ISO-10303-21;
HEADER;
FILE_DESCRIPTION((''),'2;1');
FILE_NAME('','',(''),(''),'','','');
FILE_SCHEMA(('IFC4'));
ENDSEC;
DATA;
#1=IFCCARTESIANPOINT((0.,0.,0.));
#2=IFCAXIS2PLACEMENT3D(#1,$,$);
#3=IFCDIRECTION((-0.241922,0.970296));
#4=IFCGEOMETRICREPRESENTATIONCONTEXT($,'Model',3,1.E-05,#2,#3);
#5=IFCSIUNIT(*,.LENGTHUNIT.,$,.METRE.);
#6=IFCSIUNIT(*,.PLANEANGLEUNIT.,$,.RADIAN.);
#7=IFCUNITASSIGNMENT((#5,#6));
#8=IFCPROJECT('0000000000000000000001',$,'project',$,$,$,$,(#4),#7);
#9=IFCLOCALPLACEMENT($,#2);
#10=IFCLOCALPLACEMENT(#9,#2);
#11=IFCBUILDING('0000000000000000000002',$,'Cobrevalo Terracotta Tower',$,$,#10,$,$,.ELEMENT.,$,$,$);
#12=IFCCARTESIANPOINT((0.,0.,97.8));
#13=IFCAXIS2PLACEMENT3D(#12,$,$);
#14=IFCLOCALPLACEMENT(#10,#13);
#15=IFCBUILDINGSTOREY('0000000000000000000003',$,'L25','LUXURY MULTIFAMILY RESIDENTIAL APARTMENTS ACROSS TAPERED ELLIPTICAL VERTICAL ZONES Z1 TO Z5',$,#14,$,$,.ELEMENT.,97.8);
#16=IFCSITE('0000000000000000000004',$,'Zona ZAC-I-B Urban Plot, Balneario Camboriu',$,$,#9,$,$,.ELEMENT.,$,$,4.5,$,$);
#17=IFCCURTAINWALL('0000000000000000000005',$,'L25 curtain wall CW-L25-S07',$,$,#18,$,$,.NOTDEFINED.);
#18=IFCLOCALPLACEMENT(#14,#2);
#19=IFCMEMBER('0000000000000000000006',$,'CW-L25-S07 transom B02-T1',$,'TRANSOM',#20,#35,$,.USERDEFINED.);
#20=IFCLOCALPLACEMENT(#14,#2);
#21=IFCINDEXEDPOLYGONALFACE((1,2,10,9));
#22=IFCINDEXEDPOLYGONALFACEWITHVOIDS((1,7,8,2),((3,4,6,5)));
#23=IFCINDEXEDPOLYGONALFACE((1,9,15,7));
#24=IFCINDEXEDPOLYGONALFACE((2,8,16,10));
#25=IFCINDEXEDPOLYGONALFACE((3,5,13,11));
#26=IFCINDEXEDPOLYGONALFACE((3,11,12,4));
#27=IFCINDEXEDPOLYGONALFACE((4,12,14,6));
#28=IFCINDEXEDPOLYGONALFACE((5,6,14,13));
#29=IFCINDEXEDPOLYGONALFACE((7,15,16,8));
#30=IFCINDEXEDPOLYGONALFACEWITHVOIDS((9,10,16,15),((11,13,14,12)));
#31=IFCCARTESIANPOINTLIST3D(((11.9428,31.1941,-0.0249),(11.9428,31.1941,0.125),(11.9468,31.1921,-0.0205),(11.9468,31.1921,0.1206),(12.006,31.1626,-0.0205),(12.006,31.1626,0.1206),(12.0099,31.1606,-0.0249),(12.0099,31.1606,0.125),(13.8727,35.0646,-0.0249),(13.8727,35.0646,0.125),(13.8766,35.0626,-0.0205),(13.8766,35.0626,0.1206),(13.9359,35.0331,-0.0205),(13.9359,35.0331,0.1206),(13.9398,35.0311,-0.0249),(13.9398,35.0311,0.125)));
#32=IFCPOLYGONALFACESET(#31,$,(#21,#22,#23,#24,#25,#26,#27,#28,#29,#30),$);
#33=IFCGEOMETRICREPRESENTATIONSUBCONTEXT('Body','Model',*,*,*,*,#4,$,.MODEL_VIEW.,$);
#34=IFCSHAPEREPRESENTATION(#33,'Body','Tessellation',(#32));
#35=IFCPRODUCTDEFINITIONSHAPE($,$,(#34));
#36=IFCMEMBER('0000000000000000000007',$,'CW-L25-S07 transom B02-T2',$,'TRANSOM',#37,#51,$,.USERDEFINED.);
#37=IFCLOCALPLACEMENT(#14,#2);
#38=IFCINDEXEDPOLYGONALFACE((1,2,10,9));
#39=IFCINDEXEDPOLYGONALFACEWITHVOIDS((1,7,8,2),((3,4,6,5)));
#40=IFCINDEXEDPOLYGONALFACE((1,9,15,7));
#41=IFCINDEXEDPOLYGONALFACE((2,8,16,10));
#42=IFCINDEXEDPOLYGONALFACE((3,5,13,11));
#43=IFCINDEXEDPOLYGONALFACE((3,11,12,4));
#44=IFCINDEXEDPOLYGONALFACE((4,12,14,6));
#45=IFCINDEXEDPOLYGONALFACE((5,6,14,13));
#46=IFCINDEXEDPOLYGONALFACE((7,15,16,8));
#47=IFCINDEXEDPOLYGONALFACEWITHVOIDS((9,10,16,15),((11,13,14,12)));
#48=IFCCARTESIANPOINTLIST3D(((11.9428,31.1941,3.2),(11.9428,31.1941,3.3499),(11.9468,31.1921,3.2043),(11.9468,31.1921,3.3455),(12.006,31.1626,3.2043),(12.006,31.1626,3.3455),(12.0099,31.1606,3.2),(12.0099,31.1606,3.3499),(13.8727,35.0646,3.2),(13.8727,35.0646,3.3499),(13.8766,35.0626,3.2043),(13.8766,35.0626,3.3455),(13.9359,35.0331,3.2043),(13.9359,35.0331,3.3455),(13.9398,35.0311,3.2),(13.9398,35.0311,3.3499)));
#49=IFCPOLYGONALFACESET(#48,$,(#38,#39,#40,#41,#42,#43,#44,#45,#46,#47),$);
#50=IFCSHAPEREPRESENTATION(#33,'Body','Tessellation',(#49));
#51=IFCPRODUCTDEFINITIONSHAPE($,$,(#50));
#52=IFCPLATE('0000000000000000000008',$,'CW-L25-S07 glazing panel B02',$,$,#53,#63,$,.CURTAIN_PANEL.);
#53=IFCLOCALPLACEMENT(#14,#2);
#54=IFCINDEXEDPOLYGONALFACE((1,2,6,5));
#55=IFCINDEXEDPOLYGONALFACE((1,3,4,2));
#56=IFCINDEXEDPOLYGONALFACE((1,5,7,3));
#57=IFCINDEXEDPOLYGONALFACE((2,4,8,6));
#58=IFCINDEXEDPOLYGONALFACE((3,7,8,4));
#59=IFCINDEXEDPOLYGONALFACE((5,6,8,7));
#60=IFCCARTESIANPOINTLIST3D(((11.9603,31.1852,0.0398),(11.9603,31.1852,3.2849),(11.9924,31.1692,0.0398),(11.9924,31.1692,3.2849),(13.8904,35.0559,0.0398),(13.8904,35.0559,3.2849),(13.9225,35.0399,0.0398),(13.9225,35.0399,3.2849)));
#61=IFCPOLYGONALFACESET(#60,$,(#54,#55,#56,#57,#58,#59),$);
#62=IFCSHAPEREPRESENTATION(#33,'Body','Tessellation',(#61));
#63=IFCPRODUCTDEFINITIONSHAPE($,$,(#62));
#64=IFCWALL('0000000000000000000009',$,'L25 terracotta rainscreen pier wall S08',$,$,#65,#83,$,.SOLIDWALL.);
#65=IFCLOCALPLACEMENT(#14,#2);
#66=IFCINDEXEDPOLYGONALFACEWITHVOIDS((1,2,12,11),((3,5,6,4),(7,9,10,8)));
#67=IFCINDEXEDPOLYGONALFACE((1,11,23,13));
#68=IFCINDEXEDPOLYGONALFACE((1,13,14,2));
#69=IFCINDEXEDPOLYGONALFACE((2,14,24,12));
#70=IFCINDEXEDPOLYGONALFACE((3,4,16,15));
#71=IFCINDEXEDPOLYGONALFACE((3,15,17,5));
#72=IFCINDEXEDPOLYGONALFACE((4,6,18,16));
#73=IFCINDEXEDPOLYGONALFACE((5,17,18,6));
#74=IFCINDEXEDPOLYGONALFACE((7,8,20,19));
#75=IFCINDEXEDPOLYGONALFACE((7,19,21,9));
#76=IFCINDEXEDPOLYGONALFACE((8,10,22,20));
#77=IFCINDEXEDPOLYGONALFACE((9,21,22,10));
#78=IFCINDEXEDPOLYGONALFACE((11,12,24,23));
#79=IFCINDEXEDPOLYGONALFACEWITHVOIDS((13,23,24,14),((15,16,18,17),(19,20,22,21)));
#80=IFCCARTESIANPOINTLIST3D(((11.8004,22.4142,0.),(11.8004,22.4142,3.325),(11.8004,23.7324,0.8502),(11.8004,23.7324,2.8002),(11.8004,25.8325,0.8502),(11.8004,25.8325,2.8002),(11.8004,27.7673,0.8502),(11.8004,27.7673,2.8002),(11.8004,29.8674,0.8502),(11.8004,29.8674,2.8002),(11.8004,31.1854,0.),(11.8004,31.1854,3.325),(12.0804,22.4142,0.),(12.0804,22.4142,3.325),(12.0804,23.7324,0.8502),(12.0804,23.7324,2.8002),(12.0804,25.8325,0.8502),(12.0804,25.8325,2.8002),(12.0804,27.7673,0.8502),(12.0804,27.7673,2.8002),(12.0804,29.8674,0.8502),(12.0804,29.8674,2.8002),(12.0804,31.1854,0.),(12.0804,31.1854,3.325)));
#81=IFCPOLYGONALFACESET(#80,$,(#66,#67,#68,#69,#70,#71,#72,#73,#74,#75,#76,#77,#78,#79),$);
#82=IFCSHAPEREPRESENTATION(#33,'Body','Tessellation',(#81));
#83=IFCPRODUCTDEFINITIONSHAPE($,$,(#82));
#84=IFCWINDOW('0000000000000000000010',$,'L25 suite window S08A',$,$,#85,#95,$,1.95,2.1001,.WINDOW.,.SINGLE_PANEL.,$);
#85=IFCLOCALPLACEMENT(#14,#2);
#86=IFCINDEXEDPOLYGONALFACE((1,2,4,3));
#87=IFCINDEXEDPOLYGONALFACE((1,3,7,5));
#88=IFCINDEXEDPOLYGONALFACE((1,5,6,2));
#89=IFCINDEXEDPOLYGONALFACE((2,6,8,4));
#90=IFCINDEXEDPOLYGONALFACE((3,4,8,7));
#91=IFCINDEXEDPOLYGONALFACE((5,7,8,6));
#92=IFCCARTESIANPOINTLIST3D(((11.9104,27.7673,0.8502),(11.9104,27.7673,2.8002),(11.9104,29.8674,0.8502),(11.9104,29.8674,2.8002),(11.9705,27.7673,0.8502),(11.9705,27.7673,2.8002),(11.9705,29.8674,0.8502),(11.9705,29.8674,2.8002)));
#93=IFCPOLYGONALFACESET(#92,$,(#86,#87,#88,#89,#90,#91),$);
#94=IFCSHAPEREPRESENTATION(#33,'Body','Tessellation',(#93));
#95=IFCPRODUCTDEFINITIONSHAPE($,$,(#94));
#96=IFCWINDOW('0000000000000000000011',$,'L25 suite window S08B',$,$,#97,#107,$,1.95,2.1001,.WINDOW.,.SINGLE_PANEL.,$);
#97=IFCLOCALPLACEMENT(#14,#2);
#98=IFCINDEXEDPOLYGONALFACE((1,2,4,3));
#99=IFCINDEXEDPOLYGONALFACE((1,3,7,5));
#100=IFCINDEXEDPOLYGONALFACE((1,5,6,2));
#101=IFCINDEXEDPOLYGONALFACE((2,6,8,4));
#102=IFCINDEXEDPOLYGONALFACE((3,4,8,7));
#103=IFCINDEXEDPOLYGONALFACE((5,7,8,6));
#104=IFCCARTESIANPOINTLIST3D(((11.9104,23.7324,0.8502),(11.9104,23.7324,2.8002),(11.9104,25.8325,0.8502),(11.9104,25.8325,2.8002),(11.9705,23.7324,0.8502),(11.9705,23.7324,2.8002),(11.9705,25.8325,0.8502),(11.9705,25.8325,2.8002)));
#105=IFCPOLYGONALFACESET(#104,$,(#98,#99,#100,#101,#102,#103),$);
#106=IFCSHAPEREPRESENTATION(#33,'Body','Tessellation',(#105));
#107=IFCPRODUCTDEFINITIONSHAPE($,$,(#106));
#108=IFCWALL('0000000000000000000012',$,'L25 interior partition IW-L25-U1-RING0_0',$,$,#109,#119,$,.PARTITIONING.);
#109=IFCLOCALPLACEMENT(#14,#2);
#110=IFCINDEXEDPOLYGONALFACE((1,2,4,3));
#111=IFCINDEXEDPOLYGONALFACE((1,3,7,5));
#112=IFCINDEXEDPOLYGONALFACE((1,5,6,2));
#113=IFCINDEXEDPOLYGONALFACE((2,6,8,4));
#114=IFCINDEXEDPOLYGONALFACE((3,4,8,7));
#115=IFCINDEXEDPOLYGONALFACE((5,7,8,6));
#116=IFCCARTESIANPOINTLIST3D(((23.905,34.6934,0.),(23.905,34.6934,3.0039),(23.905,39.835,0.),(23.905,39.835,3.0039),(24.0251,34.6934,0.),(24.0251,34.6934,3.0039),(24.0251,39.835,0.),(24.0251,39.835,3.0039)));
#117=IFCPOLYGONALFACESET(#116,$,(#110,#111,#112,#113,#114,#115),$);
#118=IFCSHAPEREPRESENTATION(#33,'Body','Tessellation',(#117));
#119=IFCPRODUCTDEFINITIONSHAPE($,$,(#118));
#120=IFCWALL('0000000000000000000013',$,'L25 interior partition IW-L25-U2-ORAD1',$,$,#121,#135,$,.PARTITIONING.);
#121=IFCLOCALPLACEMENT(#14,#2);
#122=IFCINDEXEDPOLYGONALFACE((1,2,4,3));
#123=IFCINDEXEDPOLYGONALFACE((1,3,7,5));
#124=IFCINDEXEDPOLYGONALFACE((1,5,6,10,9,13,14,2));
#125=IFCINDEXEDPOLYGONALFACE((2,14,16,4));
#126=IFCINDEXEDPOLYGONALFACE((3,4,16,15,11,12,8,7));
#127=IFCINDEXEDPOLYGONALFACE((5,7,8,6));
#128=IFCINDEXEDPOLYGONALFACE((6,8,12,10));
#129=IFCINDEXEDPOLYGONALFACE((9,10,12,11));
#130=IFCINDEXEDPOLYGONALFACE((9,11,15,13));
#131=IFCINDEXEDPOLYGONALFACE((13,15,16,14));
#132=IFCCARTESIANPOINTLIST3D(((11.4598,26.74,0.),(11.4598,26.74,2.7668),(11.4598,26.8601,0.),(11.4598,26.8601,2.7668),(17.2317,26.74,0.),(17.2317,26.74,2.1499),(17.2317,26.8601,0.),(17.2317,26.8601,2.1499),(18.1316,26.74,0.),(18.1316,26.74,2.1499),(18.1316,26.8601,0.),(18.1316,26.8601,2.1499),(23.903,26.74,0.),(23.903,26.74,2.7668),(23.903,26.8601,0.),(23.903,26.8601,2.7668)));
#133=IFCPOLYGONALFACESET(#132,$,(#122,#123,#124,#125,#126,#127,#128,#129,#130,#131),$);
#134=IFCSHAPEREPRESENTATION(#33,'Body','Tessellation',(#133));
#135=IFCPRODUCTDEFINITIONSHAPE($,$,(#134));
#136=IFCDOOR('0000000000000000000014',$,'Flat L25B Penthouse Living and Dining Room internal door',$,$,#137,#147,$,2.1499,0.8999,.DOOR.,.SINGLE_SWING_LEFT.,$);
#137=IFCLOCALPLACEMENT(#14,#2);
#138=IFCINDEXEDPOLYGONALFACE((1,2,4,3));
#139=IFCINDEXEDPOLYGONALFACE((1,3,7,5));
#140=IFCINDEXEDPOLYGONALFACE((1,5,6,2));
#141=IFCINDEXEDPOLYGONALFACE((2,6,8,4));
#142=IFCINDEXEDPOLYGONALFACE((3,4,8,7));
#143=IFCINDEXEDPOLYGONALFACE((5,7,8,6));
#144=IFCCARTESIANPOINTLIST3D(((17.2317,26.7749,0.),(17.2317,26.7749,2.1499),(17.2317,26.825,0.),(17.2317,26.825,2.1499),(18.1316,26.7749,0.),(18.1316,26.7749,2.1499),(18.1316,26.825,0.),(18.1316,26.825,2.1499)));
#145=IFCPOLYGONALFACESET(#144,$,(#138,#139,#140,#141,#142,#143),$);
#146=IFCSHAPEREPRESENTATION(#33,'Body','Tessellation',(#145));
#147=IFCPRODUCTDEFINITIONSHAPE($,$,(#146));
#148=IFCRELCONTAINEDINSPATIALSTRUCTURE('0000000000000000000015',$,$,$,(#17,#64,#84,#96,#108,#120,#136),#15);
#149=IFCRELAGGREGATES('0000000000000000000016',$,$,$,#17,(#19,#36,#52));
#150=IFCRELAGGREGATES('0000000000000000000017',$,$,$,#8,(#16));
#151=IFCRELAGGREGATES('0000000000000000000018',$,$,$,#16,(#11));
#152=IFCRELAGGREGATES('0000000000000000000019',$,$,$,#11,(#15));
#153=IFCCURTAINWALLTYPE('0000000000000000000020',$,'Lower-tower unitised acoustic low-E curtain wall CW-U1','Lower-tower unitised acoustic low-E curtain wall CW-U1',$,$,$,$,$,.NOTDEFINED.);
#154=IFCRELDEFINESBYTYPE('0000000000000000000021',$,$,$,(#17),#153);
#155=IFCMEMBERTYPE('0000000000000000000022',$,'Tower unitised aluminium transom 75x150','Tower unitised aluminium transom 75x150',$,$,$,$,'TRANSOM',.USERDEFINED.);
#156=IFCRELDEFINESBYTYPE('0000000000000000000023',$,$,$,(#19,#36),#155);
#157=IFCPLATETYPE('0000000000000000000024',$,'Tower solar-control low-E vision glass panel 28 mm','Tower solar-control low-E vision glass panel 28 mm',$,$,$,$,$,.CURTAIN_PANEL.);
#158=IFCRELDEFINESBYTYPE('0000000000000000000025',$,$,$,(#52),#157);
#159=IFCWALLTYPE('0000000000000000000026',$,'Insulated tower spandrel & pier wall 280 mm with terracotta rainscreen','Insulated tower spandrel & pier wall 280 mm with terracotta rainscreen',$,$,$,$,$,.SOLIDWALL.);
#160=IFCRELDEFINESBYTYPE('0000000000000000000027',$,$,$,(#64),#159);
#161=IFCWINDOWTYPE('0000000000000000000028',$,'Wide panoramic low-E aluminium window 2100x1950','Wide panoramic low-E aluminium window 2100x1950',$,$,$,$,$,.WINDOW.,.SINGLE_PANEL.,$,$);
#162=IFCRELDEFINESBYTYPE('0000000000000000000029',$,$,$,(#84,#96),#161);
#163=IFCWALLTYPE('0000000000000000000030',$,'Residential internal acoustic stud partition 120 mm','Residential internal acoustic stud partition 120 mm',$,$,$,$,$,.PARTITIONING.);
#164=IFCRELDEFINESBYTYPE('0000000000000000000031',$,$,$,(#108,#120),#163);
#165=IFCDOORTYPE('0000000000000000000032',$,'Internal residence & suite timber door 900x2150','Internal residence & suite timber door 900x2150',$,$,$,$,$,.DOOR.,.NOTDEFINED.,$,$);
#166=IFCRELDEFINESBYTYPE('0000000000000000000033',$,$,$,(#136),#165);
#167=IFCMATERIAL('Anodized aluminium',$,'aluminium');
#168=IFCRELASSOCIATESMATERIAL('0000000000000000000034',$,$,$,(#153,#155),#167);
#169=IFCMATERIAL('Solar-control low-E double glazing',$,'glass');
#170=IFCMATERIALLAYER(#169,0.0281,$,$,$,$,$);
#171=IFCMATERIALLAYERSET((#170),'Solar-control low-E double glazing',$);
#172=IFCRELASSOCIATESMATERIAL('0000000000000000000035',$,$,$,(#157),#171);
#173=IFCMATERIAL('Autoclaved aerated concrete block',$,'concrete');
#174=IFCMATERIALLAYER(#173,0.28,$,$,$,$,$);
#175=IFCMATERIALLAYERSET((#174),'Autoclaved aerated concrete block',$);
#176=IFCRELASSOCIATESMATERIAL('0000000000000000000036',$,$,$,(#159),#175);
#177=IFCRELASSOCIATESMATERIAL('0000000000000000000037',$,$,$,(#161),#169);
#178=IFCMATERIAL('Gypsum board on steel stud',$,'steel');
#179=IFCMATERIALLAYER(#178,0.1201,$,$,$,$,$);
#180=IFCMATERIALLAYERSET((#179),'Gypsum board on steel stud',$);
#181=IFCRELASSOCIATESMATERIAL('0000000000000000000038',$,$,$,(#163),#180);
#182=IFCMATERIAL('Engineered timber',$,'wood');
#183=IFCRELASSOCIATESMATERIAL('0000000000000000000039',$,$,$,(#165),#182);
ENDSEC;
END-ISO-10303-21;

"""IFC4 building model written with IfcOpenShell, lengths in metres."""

from ifc_helpers import new_model, si_unit, direction, frame, frame_2d, origin, origin_2d, place, context, subcontext, project, spatial, rectangle, hollow_rectangle, extrude, source, transform, mapped, material, layer, layer_set, material_profile, profile_set, type_object, element, fill, aggregate, save


model = new_model("IFC4")

# Units and contexts
model_context = context("Model", 3, precision=1e-05, world=origin(), true_north=direction((-0.241922, 0.970296)))
body_context = subcontext(model_context, "Body", "Model", "MODEL_VIEW")
ifc_project = project(units=[si_unit("LENGTHUNIT", "METRE"), si_unit("PLANEANGLEUNIT", "RADIAN")], contexts=[model_context])

# Site, building, storey
site_placement = place(None, origin())
site = spatial("IfcSite", under=ifc_project, at=site_placement, Name="Zona ZAC-I-B Urban Plot, Balneario Camboriu", CompositionType="ELEMENT", RefElevation=4.5)
building_placement = place(site_placement, origin())
building = spatial("IfcBuilding", under=site, at=building_placement, Name="Cobrevalo Terracotta Tower", CompositionType="ELEMENT")
storey_placement = place(building_placement, frame((0.0, 0.0, 97.8)))
storey = spatial("IfcBuildingStorey", under=building, at=storey_placement, Name="L25", Description="LUXURY MULTIFAMILY RESIDENTIAL APARTMENTS ACROSS TAPERED ELLIPTICAL VERTICAL ZONES Z1 TO Z5", CompositionType="ELEMENT", Elevation=97.8)

# Curtain wall
ifc_material_1 = material(Name="Anodized aluminium", Category="aluminium")
curtain_wall_type = type_object("IfcCurtainWallType", Name="Lower-tower unitised acoustic low-E curtain wall CW-U1", Description="Lower-tower unitised acoustic low-E curtain wall CW-U1", PredefinedType="NOTDEFINED", material=ifc_material_1)
curtain_wall_1_placement = place(storey_placement, origin())
curtain_wall_1 = element("IfcCurtainWall", 1, at=curtain_wall_1_placement, inside=storey, type_object=curtain_wall_type, Name="L25 curtain wall CW-L25-S07", PredefinedType="NOTDEFINED")

# Members
ifc_material_profile_1 = material_profile(ifc_material_1, hollow_rectangle(XDim=0.075, YDim=0.1499, WallThickness=0.0044, at=origin_2d()), Name="CWT 75x150")
ifc_profile_set_1 = profile_set([ifc_material_profile_1], Name="Anodized aluminium")
member_type_1 = type_object("IfcMemberType", Name="Tower unitised aluminium transom 75x150", Description="Tower unitised aluminium transom 75x150", ElementType="TRANSOM", PredefinedType="USERDEFINED", material=ifc_profile_set_1)
shared_shape_1 = source(origin(), body_context, "Body", "SweptSolid", [
    extrude(hollow_rectangle(XDim=0.075, YDim=0.1499, WallThickness=0.0044, at=origin_2d()), origin(), (0.0, 0.0, 1.0), 4.325),
])
member_1_placement = place(storey_placement, frame((13.9062, 35.0479, 0.05), z_axis=(-0.44622, -0.894923, 0.0), x_axis=(0.894923, -0.44622, 0.0)))
member_1 = element("IfcMember", 2, at=member_1_placement, type_object=member_type_1, Name="CW-L25-S07 transom B02-T1", ObjectType="TRANSOM", PredefinedType="USERDEFINED", context=body_context, shape_type="MappedRepresentation", body=[
    mapped(shared_shape_1, transform((0.0, 0.0, 0.0), scale=1.0)),
])
member_2_placement = place(storey_placement, frame((13.9062, 35.0479, 3.2749), z_axis=(-0.44622, -0.894923, 0.0), x_axis=(0.894923, -0.44622, 0.0)))
member_2 = element("IfcMember", 3, at=member_2_placement, type_object=member_type_1, Name="CW-L25-S07 transom B02-T2", ObjectType="TRANSOM", PredefinedType="USERDEFINED", context=body_context, shape_type="MappedRepresentation", body=[
    mapped(shared_shape_1, transform((0.0, 0.0, 0.0), scale=1.0)),
])

# Plate
ifc_material_2 = material(Name="Solar-control low-E double glazing", Category="glass")
ifc_layer_1 = layer(ifc_material_2, 0.0281)
ifc_layer_set_1 = layer_set([ifc_layer_1], Name="Solar-control low-E double glazing")
plate_type = type_object("IfcPlateType", Name="Tower solar-control low-E vision glass panel 28 mm", Description="Tower solar-control low-E vision glass panel 28 mm", PredefinedType="CURTAIN_PANEL", material=ifc_layer_set_1)
shared_shape_2 = source(origin(), body_context, "Body", "SweptSolid", [
    extrude(rectangle(XDim=4.3252, YDim=0.0359, at=origin_2d()), origin(), (0.0, 0.0, 1.0), 3.2451),
])
plate_placement = place(storey_placement, frame((12.9414, 33.1125, 0.0398), z_axis=(0.0, 0.0, 1.0), x_axis=(-0.446262, -0.894902, 0.0)))
plate = element("IfcPlate", 4, at=plate_placement, type_object=plate_type, Name="CW-L25-S07 glazing panel B02", PredefinedType="CURTAIN_PANEL", context=body_context, shape_type="MappedRepresentation", body=[
    mapped(shared_shape_2, transform((0.0, 0.0, 0.0), scale=1.0)),
])
aggregate(curtain_wall_1, [member_1, member_2, plate])

# Wall, openings, windows
ifc_material_3 = material(Name="Autoclaved aerated concrete block", Category="concrete")
ifc_layer_2 = layer(ifc_material_3, 0.28)
ifc_layer_set_2 = layer_set([ifc_layer_2], Name="Autoclaved aerated concrete block")
wall_type_1 = type_object("IfcWallType", Name="Insulated tower spandrel & pier wall 280 mm with terracotta rainscreen", Description="Insulated tower spandrel & pier wall 280 mm with terracotta rainscreen", PredefinedType="SOLIDWALL", material=ifc_layer_set_2)
wall_1_placement = place(storey_placement, frame((11.9404, 31.1855, 0.0), z_axis=(0.0, 0.0, 1.0), x_axis=(0.0, -1.0, 0.0)))
wall_1 = element("IfcWall", 5, at=wall_1_placement, inside=storey, type_object=wall_type_1, Name="L25 terracotta rainscreen pier wall S08", PredefinedType="SOLIDWALL", context=body_context, shape_type="SweptSolid", body=[
    extrude(rectangle(XDim=8.7712, YDim=0.28, at=frame_2d((4.3857, 0.0))), origin(), (0.0, 0.0, 1.0), 3.325),
])
opening_1_placement = place(wall_1_placement, frame((1.3181, 0.0, 0.8501)))
opening_1 = element("IfcOpeningElement", 6, at=opening_1_placement, cuts=wall_1, PredefinedType="OPENING", context=body_context, shape_type="SweptSolid", body=[
    extrude(rectangle(XDim=2.1001, YDim=1.95, at=frame_2d((1.05, 0.9751))), frame((0.0, 0.1499, 0.0), z_axis=(0.0, -1.0, 0.0), x_axis=(1.0, 0.0, 0.0)), (0.0, 0.0, 1.0), 0.3),
])
opening_2_placement = place(wall_1_placement, frame((5.353, 0.0, 0.8501)))
opening_2 = element("IfcOpeningElement", 7, at=opening_2_placement, cuts=wall_1, PredefinedType="OPENING", context=body_context, shape_type="SweptSolid", body=[
    extrude(rectangle(XDim=2.1001, YDim=1.95, at=frame_2d((1.05, 0.9751))), frame((0.0, 0.1499, 0.0), z_axis=(0.0, -1.0, 0.0), x_axis=(1.0, 0.0, 0.0)), (0.0, 0.0, 1.0), 0.3),
])
window_type = type_object("IfcWindowType", Name="Wide panoramic low-E aluminium window 2100x1950", Description="Wide panoramic low-E aluminium window 2100x1950", PartitioningType="SINGLE_PANEL", PredefinedType="WINDOW", material=ifc_material_2)
shared_shape_3 = source(origin(), body_context, "Body", "SweptSolid", [
    extrude(rectangle(XDim=2.1001, YDim=1.95, at=frame_2d((1.05, 0.9751))), frame((0.0, 0.03, 0.0), z_axis=(0.0, -1.0, 0.0), x_axis=(1.0, 0.0, 0.0)), (0.0, 0.0, 1.0), 0.0601),
])
window_1_placement = place(opening_1_placement, origin())
window_1 = element("IfcWindow", 8, at=window_1_placement, inside=storey, type_object=window_type, Name="L25 suite window S08A", OverallHeight=1.95, OverallWidth=2.1001, PartitioningType="SINGLE_PANEL", PredefinedType="WINDOW", context=body_context, shape_type="MappedRepresentation", body=[
    mapped(shared_shape_3, transform((0.0, 0.0, 0.0), scale=1.0)),
])
fill(opening_1, window_1)
window_2_placement = place(opening_2_placement, origin())
window_2 = element("IfcWindow", 9, at=window_2_placement, inside=storey, type_object=window_type, Name="L25 suite window S08B", OverallHeight=1.95, OverallWidth=2.1001, PartitioningType="SINGLE_PANEL", PredefinedType="WINDOW", context=body_context, shape_type="MappedRepresentation", body=[
    mapped(shared_shape_3, transform((0.0, 0.0, 0.0), scale=1.0)),
])
fill(opening_2, window_2)

# Wall
ifc_material_4 = material(Name="Gypsum board on steel stud", Category="steel")
ifc_layer_3 = layer(ifc_material_4, 0.1201)
ifc_layer_set_3 = layer_set([ifc_layer_3], Name="Gypsum board on steel stud")
wall_type_2 = type_object("IfcWallType", Name="Residential internal acoustic stud partition 120 mm", Description="Residential internal acoustic stud partition 120 mm", PredefinedType="PARTITIONING", material=ifc_layer_set_3)
wall_2_placement = place(storey_placement, frame((23.9651, 34.6934, 0.0), z_axis=(0.0, 0.0, 1.0), x_axis=(0.0, 1.0, 0.0)))
element("IfcWall", 10, at=wall_2_placement, inside=storey, type_object=wall_type_2, Name="L25 interior partition IW-L25-U1-RING0_0", PredefinedType="PARTITIONING", context=body_context, shape_type="SweptSolid", body=[
    extrude(rectangle(XDim=5.1416, YDim=0.1201, at=frame_2d((2.5708, 0.0))), origin(), (0.0, 0.0, 1.0), 3.0039),
])

# Wall, opening, door
wall_3_placement = place(storey_placement, frame((23.9031, 26.8, 0.0), z_axis=(0.0, 0.0, 1.0), x_axis=(-1.0, 0.0, 0.0)))
wall_3 = element("IfcWall", 11, at=wall_3_placement, inside=storey, type_object=wall_type_2, Name="L25 interior partition IW-L25-U2-ORAD1", PredefinedType="PARTITIONING", context=body_context, shape_type="SweptSolid", body=[
    extrude(rectangle(XDim=12.4431, YDim=0.1201, at=frame_2d((6.2217, 0.0))), origin(), (0.0, 0.0, 1.0), 2.7668),
])
opening_3_placement = place(wall_3_placement, frame((5.7715, 0.0, 0.0)))
opening_3 = element("IfcOpeningElement", 12, at=opening_3_placement, cuts=wall_3, PredefinedType="OPENING", context=body_context, shape_type="SweptSolid", body=[
    extrude(rectangle(XDim=0.8999, YDim=2.1499, at=frame_2d((0.45, 1.075))), frame((0.0, 0.0701, 0.0), z_axis=(0.0, -1.0, 0.0), x_axis=(1.0, 0.0, 0.0)), (0.0, 0.0, 1.0), 0.1401),
])
ifc_material_5 = material(Name="Engineered timber", Category="wood")
door_type = type_object("IfcDoorType", Name="Internal residence & suite timber door 900x2150", Description="Internal residence & suite timber door 900x2150", OperationType="NOTDEFINED", PredefinedType="DOOR", material=ifc_material_5)
shared_shape_4 = source(origin(), body_context, "Body", "SweptSolid", [
    extrude(rectangle(XDim=0.8999, YDim=2.1499, at=frame_2d((0.45, 1.075))), frame((0.0, 0.0249, 0.0), z_axis=(0.0, -1.0, 0.0), x_axis=(1.0, 0.0, 0.0)), (0.0, 0.0, 1.0), 0.05),
])
door_1_placement = place(opening_3_placement, frame((0.8999, 0.0, 0.0), z_axis=(0.0, 0.0, 1.0), x_axis=(-1.0, 0.0, 0.0)))
door_1 = element("IfcDoor", 13, at=door_1_placement, inside=storey, type_object=door_type, Name="Flat L25B Penthouse Living and Dining Room internal door", OperationType="SINGLE_SWING_LEFT", OverallHeight=2.1499, OverallWidth=0.8999, PredefinedType="DOOR", context=body_context, shape_type="MappedRepresentation", body=[
    mapped(shared_shape_4, transform((0.0, 0.0, 0.0), scale=1.0)),
])
fill(opening_3, door_1)

save(model, "model.ifc")
